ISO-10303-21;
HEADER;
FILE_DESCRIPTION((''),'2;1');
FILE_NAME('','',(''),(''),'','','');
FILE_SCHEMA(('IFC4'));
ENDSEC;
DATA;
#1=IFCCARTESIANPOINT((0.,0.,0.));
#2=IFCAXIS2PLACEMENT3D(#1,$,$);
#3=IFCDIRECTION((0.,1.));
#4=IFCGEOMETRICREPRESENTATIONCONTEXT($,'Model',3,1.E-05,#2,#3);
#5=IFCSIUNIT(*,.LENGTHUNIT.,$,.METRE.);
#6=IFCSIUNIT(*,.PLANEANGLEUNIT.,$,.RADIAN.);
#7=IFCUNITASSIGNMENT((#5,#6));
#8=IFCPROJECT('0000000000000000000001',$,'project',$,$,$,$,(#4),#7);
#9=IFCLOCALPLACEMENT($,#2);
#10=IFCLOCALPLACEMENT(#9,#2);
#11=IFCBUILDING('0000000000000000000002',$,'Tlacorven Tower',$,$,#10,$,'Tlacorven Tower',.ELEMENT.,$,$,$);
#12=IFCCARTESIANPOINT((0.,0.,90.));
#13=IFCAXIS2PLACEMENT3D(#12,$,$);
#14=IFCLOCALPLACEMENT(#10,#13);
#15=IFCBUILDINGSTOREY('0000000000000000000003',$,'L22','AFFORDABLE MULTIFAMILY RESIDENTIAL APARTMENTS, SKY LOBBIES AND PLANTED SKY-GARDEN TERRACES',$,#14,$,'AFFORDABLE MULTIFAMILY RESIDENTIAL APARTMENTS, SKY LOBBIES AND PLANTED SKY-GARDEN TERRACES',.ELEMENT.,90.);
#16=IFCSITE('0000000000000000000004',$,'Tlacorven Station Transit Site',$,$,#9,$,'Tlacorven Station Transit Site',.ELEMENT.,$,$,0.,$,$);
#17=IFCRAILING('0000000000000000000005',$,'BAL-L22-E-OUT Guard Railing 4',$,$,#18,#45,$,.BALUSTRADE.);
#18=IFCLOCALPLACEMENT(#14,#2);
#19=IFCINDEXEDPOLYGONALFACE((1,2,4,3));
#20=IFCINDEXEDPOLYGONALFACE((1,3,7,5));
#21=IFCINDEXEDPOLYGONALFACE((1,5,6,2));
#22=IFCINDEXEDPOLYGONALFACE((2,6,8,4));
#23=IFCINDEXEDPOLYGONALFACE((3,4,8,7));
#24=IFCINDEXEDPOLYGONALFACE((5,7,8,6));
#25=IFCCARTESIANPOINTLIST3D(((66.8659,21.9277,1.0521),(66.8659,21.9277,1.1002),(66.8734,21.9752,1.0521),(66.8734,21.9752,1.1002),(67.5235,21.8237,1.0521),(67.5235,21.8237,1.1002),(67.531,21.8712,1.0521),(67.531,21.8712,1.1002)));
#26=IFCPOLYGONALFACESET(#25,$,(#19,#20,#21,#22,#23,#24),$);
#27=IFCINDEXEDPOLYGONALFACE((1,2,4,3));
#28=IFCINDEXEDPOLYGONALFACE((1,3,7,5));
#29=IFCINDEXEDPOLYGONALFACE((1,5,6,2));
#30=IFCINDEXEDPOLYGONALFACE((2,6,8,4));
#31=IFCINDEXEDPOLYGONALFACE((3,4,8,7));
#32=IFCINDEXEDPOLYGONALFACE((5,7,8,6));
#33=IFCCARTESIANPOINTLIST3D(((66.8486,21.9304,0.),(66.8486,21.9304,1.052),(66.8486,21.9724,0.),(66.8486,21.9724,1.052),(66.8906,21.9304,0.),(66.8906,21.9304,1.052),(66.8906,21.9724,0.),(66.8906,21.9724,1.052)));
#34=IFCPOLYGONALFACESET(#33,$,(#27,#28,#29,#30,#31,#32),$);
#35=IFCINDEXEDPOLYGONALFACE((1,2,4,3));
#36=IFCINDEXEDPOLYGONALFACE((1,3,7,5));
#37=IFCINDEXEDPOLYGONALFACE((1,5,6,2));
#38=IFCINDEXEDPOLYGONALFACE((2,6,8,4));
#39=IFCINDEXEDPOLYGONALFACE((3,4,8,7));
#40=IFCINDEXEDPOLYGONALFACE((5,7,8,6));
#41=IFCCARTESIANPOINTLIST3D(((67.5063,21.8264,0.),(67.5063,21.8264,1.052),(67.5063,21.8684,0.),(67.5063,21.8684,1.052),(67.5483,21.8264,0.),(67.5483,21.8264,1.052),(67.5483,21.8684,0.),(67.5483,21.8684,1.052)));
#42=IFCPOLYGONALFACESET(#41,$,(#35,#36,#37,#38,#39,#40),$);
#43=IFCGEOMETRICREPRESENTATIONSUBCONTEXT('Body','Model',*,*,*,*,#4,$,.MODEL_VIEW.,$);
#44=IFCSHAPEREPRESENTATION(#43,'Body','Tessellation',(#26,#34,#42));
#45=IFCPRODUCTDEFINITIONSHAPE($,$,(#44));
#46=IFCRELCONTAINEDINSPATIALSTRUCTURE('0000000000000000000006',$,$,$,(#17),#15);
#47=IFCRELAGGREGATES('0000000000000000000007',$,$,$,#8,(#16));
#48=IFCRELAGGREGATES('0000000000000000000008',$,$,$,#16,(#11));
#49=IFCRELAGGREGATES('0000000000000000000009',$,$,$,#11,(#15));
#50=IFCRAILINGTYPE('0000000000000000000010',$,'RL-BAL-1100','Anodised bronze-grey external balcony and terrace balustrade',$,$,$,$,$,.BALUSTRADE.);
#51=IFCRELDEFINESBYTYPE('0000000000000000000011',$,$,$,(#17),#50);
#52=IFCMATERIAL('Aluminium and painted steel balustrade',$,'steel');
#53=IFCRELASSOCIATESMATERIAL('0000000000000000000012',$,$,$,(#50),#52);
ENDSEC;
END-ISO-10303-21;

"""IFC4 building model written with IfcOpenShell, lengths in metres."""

from ifc_helpers import new_model, si_unit, direction, frame, origin, origin_2d, place, context, subcontext, project, spatial, rectangle, extrude, source, transform, mapped, material, type_object, element, save


model = new_model("IFC4")

# Units and contexts
model_context = context("Model", 3, precision=1e-05, world=origin(), true_north=direction((0.0, 1.0)))
body_context = subcontext(model_context, "Body", "Model", "MODEL_VIEW")
ifc_project = project(units=[si_unit("LENGTHUNIT", "METRE"), si_unit("PLANEANGLEUNIT", "RADIAN")], contexts=[model_context])

# Site, building, storey
site_placement = place(None, origin())
site = spatial("IfcSite", under=ifc_project, at=site_placement, Name="Tlacorven Station Transit Site", LongName="Tlacorven Station Transit Site", CompositionType="ELEMENT", RefElevation=0.0)
building_placement = place(site_placement, origin())
building = spatial("IfcBuilding", under=site, at=building_placement, Name="Tlacorven Tower", LongName="Tlacorven Tower", CompositionType="ELEMENT")
storey_placement = place(building_placement, frame((0.0, 0.0, 90.0)))
storey = spatial("IfcBuildingStorey", under=building, at=storey_placement, Name="L22", Description="AFFORDABLE MULTIFAMILY RESIDENTIAL APARTMENTS, SKY LOBBIES AND PLANTED SKY-GARDEN TERRACES", LongName="AFFORDABLE MULTIFAMILY RESIDENTIAL APARTMENTS, SKY LOBBIES AND PLANTED SKY-GARDEN TERRACES", CompositionType="ELEMENT", Elevation=90.0)

# Railing
ifc_material_1 = material(Name="Aluminium and painted steel balustrade", Category="steel")
railing_type = type_object("IfcRailingType", Name="RL-BAL-1100", Description="Anodised bronze-grey external balcony and terrace balustrade", PredefinedType="BALUSTRADE", material=ifc_material_1)
shared_shape_1 = source(origin(), body_context, "Body", "SweptSolid", [
    extrude(rectangle(XDim=0.0481, YDim=0.0481, at=origin_2d()), frame((0.0, 0.0, 1.0762), z_axis=(0.987727, -0.156188, 0.0), x_axis=(0.156188, 0.987727, 0.0)), (0.0, 0.0, 1.0), 0.6658),
    extrude(rectangle(XDim=0.042, YDim=0.042, at=origin_2d()), origin(), (0.0, 0.0, 1.0), 1.052),
    extrude(rectangle(XDim=0.042, YDim=0.042, at=origin_2d()), frame((0.6577, -0.104, 0.0)), (0.0, 0.0, 1.0), 1.052),
])
railing_1_placement = place(storey_placement, frame((66.8696, 21.9514, 0.0)))
element("IfcRailing", 1, at=railing_1_placement, inside=storey, type_object=railing_type, Name="BAL-L22-E-OUT Guard Railing 4", PredefinedType="BALUSTRADE", context=body_context, shape_type="MappedRepresentation", body=[
    mapped(shared_shape_1, transform((0.0, 0.0, 0.0), scale=1.0)),
])

save(model, "model.ifc")
